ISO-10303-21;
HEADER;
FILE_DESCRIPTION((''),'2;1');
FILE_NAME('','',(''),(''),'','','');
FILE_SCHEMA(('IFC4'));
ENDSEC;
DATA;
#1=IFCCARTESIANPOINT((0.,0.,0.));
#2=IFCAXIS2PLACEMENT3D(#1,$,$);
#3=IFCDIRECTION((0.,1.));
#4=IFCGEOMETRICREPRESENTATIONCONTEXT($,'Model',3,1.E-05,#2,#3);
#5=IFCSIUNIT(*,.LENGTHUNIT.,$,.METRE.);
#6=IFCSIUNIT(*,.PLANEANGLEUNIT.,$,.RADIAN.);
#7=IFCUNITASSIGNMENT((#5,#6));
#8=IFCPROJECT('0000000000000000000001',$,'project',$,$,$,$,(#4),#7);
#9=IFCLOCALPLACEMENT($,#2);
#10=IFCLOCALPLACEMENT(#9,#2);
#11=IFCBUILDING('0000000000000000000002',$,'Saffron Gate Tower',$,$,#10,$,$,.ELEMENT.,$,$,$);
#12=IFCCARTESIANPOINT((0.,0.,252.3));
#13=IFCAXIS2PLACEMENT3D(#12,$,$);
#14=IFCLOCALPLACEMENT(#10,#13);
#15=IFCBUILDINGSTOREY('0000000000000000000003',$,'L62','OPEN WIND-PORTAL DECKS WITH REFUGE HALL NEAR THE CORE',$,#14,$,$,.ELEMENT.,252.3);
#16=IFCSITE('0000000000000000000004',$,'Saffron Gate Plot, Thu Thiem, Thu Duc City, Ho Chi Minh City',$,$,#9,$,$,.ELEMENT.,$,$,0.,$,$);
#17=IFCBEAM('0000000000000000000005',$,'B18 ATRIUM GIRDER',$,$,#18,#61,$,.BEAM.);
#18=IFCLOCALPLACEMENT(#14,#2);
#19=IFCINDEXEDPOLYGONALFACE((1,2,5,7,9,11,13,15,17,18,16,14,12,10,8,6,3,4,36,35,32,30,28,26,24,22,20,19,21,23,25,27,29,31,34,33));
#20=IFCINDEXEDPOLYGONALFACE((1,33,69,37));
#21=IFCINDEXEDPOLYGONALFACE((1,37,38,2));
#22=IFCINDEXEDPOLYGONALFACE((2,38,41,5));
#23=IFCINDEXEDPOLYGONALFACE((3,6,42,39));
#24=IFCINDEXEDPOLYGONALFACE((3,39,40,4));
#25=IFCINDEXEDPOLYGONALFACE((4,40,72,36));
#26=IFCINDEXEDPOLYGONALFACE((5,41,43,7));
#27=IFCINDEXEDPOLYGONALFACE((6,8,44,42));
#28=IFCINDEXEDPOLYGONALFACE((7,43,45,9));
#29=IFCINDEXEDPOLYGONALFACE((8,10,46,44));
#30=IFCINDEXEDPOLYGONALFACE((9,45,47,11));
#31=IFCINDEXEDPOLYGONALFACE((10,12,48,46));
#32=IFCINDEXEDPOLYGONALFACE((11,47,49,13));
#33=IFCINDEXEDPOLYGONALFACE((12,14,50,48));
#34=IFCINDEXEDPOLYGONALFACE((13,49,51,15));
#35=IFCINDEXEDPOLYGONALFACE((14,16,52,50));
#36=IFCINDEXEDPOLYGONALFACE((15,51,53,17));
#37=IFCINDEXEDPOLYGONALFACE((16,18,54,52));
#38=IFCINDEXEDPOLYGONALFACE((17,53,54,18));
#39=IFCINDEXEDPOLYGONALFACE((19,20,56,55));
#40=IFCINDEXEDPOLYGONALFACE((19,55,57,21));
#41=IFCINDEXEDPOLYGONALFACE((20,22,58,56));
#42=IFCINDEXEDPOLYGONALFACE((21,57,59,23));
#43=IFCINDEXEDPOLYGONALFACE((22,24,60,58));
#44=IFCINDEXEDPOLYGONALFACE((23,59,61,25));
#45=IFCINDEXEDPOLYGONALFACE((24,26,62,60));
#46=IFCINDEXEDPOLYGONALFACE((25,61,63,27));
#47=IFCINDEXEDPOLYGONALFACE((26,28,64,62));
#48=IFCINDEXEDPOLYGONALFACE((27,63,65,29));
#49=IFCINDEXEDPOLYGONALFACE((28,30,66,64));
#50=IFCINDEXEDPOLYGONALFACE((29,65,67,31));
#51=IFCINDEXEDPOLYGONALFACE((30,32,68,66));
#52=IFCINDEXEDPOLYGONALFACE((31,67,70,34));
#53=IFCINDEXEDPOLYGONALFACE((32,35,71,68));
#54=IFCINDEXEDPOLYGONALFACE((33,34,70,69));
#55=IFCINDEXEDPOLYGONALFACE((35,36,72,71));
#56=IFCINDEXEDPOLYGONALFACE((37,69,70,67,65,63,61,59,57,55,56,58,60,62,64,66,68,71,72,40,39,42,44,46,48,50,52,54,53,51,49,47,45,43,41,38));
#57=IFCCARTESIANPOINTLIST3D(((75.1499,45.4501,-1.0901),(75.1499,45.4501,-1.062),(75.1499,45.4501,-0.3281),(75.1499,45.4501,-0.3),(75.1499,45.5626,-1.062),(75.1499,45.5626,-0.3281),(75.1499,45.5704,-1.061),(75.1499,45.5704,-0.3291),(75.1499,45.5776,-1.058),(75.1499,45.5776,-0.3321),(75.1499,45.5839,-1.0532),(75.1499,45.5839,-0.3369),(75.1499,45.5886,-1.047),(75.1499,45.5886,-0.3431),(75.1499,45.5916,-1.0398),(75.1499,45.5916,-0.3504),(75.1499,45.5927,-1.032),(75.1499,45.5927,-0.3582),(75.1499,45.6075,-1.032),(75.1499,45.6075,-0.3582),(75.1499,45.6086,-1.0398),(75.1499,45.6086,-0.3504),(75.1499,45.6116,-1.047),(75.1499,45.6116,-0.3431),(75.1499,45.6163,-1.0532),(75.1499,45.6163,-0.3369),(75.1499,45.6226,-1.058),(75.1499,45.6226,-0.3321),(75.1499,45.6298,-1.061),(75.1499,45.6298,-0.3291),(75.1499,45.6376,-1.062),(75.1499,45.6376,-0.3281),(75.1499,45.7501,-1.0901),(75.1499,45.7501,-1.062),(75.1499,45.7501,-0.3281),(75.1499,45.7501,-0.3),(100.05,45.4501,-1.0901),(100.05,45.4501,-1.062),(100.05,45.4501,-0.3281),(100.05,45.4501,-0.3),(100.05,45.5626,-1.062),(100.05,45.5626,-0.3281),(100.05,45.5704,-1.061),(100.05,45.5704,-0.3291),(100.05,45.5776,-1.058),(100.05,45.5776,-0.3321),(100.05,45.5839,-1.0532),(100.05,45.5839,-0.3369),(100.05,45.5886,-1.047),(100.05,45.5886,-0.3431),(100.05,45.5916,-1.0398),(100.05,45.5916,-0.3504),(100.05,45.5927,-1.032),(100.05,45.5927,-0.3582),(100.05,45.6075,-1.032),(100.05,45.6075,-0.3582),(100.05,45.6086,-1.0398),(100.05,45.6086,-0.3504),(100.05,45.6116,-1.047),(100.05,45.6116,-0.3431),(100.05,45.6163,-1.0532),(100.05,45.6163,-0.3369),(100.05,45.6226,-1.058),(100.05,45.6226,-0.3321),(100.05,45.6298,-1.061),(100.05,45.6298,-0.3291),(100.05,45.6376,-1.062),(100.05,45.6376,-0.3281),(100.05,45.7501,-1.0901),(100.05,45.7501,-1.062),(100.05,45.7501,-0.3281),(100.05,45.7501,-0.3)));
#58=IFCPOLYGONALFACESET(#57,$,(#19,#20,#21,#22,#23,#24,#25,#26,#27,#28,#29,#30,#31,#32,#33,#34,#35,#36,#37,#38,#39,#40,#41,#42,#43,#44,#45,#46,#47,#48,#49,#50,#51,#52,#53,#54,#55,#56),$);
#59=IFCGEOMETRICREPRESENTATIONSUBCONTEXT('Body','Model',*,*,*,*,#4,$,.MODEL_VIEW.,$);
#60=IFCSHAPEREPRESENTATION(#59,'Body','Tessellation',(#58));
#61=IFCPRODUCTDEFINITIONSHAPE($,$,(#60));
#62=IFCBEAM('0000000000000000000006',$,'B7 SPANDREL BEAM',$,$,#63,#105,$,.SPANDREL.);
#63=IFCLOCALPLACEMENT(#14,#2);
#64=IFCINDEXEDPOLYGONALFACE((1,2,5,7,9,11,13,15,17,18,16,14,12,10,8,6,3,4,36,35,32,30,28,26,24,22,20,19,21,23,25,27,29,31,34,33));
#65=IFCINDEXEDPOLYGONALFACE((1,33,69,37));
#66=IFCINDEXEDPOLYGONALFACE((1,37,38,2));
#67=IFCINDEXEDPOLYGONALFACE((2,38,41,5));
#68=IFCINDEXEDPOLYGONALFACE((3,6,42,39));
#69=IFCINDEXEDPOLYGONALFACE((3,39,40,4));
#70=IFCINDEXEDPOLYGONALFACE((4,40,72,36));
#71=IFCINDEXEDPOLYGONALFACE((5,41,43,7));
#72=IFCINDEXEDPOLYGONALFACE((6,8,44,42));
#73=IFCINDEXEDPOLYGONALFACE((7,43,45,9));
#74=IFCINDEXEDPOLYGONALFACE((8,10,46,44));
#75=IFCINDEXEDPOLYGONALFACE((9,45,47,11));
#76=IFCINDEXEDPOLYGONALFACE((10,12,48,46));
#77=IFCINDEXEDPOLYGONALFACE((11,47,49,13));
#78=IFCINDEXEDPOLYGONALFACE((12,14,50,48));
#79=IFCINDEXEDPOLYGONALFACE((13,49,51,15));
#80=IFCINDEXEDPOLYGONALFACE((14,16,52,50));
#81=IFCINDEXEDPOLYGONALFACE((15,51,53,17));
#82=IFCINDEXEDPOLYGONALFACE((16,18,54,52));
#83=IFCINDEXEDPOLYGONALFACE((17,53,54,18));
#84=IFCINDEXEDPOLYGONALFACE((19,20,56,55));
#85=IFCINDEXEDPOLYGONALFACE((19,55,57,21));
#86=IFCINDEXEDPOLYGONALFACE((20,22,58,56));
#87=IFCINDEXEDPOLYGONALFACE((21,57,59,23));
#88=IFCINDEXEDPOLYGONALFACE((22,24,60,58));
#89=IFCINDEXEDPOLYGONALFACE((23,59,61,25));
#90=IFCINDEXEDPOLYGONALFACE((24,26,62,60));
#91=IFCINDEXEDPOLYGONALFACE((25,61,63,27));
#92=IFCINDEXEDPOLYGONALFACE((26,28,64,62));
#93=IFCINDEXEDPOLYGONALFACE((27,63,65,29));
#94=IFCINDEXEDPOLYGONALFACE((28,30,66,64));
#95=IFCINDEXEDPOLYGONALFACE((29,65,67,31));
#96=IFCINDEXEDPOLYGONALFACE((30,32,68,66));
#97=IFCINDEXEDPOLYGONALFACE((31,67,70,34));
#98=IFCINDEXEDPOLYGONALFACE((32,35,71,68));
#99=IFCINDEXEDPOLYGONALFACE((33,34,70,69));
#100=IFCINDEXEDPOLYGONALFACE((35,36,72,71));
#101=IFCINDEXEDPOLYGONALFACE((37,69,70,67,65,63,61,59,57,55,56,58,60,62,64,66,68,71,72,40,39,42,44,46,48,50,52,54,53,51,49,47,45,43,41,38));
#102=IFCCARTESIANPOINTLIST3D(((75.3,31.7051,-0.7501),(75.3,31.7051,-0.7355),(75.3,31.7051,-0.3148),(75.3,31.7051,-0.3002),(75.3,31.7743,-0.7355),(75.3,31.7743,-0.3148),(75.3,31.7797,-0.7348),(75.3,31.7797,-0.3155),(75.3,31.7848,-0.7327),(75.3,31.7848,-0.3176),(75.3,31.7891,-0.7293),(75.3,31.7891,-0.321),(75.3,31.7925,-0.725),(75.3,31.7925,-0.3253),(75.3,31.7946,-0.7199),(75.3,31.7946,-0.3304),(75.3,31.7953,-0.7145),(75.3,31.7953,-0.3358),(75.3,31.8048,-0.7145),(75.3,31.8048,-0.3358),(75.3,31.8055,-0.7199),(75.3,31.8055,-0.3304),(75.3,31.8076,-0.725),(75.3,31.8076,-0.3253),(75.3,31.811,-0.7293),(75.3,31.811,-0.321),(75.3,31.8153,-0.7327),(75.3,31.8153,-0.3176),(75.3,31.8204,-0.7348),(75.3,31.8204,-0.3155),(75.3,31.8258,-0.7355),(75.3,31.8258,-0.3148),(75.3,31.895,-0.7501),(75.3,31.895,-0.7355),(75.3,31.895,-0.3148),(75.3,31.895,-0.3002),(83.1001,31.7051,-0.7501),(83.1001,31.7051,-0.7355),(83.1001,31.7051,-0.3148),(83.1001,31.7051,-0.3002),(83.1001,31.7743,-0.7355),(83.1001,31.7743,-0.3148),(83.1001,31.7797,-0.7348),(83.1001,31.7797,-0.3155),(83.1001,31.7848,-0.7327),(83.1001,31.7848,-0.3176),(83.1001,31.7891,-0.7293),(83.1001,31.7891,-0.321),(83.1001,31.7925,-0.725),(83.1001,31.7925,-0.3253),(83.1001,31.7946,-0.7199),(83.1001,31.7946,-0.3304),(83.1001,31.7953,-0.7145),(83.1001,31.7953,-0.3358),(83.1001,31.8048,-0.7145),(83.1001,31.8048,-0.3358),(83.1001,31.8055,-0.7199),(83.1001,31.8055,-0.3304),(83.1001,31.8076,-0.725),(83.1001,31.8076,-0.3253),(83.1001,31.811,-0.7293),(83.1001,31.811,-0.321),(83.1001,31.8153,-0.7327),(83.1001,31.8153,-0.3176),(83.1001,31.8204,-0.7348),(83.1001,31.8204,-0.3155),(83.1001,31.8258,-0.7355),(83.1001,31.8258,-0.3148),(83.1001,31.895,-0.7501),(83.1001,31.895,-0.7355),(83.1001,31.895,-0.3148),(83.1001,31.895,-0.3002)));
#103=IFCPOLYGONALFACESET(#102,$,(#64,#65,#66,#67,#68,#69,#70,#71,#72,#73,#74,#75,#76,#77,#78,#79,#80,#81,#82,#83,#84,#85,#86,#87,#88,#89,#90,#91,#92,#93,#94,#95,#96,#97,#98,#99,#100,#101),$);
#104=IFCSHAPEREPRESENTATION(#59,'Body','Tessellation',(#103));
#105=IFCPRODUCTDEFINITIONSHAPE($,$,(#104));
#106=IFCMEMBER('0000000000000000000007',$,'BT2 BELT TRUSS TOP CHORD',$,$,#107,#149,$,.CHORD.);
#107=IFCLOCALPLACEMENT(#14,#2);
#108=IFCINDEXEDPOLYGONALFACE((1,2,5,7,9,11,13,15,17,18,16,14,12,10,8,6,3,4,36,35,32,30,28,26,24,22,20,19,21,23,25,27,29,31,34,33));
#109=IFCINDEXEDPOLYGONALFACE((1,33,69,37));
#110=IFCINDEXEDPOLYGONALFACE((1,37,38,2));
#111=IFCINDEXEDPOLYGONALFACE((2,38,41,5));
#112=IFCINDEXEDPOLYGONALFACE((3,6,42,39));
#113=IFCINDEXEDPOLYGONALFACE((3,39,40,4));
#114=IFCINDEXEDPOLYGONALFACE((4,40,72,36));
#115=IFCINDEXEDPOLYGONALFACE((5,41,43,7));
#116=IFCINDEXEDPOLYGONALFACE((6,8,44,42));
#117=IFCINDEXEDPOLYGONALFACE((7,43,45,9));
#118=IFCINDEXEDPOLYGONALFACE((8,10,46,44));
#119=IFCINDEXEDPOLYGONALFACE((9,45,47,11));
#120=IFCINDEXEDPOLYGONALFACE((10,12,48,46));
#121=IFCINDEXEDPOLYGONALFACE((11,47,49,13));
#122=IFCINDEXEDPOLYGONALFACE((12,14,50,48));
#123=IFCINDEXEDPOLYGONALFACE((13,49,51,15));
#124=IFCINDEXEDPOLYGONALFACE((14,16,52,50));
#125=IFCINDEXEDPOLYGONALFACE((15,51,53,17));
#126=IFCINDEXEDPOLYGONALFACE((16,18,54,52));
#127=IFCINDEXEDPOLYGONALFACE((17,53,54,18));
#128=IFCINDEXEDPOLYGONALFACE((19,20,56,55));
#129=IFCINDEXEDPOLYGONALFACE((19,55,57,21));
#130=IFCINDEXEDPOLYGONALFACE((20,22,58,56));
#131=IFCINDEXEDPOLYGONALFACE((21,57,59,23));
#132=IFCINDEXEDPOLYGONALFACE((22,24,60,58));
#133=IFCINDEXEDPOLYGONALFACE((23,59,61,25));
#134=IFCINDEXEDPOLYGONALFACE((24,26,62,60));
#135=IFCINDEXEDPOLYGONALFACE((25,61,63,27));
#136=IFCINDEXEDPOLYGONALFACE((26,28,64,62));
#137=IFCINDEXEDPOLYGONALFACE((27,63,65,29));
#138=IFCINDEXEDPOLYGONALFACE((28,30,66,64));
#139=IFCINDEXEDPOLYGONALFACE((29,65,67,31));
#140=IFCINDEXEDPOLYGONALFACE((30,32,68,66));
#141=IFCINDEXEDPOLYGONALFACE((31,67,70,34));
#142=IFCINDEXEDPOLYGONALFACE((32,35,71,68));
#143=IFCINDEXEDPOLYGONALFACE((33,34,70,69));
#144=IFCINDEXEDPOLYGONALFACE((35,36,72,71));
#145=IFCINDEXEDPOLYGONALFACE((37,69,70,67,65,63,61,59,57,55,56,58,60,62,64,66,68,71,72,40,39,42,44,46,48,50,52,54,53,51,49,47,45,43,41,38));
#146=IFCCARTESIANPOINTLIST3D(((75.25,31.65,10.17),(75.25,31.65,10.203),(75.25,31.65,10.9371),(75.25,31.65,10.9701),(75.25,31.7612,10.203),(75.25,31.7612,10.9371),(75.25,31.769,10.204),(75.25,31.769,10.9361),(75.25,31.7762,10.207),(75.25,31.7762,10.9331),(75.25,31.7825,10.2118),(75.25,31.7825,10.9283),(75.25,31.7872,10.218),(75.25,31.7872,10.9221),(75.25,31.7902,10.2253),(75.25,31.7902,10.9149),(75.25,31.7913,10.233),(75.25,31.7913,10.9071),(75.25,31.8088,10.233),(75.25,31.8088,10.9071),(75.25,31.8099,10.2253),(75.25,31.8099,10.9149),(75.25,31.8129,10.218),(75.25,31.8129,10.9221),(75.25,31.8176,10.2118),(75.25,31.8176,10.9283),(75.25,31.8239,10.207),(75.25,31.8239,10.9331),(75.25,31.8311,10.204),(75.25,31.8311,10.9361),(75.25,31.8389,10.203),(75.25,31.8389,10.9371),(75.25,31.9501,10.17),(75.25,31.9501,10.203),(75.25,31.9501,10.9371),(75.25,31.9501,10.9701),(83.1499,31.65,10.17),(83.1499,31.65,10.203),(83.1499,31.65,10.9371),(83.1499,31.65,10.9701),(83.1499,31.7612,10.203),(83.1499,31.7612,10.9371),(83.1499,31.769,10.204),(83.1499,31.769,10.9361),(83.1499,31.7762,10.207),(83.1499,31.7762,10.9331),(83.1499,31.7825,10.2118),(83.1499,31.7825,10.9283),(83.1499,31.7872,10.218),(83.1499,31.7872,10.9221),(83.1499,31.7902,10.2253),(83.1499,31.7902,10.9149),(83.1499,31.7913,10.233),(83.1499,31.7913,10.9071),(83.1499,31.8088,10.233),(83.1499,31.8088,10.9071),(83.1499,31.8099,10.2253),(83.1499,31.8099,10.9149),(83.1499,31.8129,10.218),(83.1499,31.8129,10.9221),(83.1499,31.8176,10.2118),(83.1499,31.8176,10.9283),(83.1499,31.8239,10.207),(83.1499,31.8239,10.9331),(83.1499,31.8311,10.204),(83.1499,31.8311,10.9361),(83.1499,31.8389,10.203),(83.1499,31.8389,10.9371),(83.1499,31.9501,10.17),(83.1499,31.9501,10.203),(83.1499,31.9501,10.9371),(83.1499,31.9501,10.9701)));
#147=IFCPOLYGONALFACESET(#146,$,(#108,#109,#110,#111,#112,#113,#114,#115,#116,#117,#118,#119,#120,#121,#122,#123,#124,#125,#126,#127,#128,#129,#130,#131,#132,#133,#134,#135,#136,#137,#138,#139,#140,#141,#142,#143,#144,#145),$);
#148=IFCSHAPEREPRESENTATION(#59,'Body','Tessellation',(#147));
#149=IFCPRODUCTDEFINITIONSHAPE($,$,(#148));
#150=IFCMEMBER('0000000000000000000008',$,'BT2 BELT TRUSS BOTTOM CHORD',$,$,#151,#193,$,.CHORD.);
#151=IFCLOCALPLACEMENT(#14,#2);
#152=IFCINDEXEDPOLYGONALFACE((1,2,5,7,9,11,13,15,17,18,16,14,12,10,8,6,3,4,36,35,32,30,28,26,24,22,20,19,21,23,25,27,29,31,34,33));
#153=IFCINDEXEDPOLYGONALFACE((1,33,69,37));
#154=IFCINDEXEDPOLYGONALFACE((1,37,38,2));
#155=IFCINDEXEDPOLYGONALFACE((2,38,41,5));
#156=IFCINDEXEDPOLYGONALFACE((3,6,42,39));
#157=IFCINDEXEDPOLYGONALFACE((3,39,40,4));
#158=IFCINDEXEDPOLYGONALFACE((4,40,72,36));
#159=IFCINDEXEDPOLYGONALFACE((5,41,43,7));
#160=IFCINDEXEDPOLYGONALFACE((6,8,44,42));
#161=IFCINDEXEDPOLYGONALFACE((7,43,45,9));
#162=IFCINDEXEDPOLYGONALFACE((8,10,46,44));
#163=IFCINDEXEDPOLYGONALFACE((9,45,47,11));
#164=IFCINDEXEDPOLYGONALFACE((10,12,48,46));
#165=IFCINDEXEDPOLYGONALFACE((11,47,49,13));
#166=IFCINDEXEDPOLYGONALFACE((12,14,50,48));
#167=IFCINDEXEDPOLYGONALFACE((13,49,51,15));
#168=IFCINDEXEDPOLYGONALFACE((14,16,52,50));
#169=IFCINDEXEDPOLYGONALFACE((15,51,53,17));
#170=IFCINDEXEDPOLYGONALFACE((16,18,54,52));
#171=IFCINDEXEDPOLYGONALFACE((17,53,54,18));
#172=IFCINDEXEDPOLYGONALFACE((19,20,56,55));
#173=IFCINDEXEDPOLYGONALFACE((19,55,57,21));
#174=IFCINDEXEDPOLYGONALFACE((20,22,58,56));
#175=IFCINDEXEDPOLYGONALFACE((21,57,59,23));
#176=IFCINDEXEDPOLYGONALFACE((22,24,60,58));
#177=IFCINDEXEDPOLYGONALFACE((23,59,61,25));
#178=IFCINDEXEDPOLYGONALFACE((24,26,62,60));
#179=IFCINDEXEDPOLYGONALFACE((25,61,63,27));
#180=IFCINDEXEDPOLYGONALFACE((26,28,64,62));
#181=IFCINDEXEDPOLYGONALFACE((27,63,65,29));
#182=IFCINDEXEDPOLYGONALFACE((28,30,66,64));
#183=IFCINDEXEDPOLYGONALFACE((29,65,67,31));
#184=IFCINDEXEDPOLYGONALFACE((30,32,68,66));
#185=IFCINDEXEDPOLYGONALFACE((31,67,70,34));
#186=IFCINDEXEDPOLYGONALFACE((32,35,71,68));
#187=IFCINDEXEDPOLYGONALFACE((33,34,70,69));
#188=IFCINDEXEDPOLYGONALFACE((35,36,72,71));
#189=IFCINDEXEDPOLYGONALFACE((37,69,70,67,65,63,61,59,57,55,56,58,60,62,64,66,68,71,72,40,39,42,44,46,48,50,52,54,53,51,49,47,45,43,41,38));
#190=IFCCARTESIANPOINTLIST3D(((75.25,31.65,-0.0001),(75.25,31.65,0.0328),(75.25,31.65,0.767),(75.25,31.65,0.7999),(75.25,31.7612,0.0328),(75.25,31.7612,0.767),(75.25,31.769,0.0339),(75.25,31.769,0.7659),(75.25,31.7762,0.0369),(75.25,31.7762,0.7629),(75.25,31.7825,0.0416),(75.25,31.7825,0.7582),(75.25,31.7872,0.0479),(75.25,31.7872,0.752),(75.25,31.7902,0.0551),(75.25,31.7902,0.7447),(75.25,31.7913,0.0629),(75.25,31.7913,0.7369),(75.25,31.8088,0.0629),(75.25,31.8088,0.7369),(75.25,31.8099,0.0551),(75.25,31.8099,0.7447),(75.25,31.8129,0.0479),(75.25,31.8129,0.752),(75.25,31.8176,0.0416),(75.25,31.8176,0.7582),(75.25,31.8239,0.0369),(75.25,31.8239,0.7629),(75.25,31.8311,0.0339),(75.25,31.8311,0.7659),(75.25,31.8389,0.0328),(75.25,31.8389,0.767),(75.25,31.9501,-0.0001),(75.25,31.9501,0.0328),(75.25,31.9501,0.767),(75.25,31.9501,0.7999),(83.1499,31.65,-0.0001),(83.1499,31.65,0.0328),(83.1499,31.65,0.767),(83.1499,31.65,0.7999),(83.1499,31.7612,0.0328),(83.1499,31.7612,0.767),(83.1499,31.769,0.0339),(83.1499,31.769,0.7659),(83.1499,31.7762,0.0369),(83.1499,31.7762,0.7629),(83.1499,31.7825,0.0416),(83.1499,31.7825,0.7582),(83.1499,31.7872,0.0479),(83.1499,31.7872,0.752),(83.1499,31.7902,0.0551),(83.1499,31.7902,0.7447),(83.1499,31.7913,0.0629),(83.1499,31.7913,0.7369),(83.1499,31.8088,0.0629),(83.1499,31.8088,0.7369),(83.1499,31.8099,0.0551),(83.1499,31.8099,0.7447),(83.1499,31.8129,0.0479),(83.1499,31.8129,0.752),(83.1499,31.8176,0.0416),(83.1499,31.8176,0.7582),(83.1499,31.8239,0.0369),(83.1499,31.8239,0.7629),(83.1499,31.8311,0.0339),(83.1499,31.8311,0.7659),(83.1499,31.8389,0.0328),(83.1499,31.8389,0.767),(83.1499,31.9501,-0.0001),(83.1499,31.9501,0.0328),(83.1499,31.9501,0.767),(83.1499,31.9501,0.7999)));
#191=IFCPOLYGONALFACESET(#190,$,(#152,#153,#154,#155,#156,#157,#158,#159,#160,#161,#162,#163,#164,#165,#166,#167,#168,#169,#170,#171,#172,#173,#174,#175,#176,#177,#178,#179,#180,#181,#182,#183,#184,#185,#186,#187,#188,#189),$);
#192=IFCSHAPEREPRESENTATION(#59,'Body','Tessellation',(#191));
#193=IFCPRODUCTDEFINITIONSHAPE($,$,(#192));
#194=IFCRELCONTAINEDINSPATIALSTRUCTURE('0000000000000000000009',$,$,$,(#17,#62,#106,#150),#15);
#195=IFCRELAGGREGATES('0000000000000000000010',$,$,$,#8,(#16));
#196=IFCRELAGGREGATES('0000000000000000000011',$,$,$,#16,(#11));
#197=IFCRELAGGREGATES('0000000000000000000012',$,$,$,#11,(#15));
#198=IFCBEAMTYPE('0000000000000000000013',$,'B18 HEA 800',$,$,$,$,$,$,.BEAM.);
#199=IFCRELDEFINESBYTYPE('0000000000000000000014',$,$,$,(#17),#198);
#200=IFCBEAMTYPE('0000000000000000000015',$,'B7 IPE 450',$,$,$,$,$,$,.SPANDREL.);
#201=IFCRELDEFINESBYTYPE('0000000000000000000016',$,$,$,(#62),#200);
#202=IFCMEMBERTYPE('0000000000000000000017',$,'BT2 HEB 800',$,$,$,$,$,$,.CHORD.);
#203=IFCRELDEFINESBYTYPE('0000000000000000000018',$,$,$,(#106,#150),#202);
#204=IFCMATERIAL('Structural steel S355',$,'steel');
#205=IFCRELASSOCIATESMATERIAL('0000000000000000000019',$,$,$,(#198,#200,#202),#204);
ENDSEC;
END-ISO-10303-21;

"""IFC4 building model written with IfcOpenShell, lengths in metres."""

from ifc_helpers import new_model, si_unit, direction, frame, origin, origin_2d, place, context, subcontext, project, spatial, i_section, extrude, material, material_profile, profile_set, type_object, element, save


model = new_model("IFC4")

# Units and contexts
model_context = context("Model", 3, precision=1e-05, world=origin(), true_north=direction((0.0, 1.0)))
body_context = subcontext(model_context, "Body", "Model", "MODEL_VIEW")
ifc_project = project(units=[si_unit("LENGTHUNIT", "METRE"), si_unit("PLANEANGLEUNIT", "RADIAN")], contexts=[model_context])

# Site, building, storey
site_placement = place(None, origin())
site = spatial("IfcSite", under=ifc_project, at=site_placement, Name="Saffron Gate Plot, Thu Thiem, Thu Duc City, Ho Chi Minh City", CompositionType="ELEMENT", RefElevation=0.0)
building_placement = place(site_placement, origin())
building = spatial("IfcBuilding", under=site, at=building_placement, Name="Saffron Gate Tower", CompositionType="ELEMENT")
storey_placement = place(building_placement, frame((0.0, 0.0, 252.3)))
storey = spatial("IfcBuildingStorey", under=building, at=storey_placement, Name="L62", Description="OPEN WIND-PORTAL DECKS WITH REFUGE HALL NEAR THE CORE", CompositionType="ELEMENT", Elevation=252.3)

# Beams
ifc_material_1 = material(Name="Structural steel S355", Category="steel")
ifc_material_profile_1 = material_profile(ifc_material_1, i_section(OverallWidth=0.3, OverallDepth=0.79, WebThickness=0.0149, FlangeThickness=0.0281, FilletRadius=0.03, at=origin_2d()))
ifc_profile_set_1 = profile_set([ifc_material_profile_1], Name="Structural steel S355")
beam_type_1 = type_object("IfcBeamType", Name="B18 HEA 800", PredefinedType="BEAM", material=ifc_profile_set_1)
beam_1_placement = place(storey_placement, frame((75.1499, 45.6001, -0.6951), z_axis=(1.0, 0.0, 0.0), x_axis=(0.0, 1.0, 0.0)))
element("IfcBeam", 1, at=beam_1_placement, inside=storey, type_object=beam_type_1, Name="B18 ATRIUM GIRDER", PredefinedType="BEAM", context=body_context, shape_type="SweptSolid", body=[
    extrude(i_section(OverallWidth=0.3, OverallDepth=0.79, WebThickness=0.0149, FlangeThickness=0.0281, FilletRadius=0.03, at=origin_2d()), origin(), (0.0, 0.0, 1.0), 24.9001),
])
ifc_material_profile_2 = material_profile(ifc_material_1, i_section(OverallWidth=0.1899, OverallDepth=0.45, WebThickness=0.0095, FlangeThickness=0.0146, FilletRadius=0.021, at=origin_2d()))
ifc_profile_set_2 = profile_set([ifc_material_profile_2], Name="Structural steel S355")
beam_type_2 = type_object("IfcBeamType", Name="B7 IPE 450", PredefinedType="SPANDREL", material=ifc_profile_set_2)
beam_2_placement = place(storey_placement, frame((75.3, 31.8, -0.5251), z_axis=(1.0, 0.0, 0.0), x_axis=(0.0, 1.0, 0.0)))
element("IfcBeam", 2, at=beam_2_placement, inside=storey, type_object=beam_type_2, Name="B7 SPANDREL BEAM", PredefinedType="SPANDREL", context=body_context, shape_type="SweptSolid", body=[
    extrude(i_section(OverallWidth=0.1899, OverallDepth=0.45, WebThickness=0.0095, FlangeThickness=0.0146, FilletRadius=0.021, at=origin_2d()), origin(), (0.0, 0.0, 1.0), 7.8),
])

# Members
ifc_material_profile_3 = material_profile(ifc_material_1, i_section(OverallWidth=0.3, OverallDepth=0.8, WebThickness=0.0176, FlangeThickness=0.033, FilletRadius=0.03, at=origin_2d()))
ifc_profile_set_3 = profile_set([ifc_material_profile_3], Name="Structural steel S355")
member_type_1 = type_object("IfcMemberType", Name="BT2 HEB 800", PredefinedType="CHORD", material=ifc_profile_set_3)
for number, where, z_axis, x_axis, name in (
    (3, (75.25, 31.8, 10.5701), (1.0, 0.0, 0.0), (0.0, 1.0, 0.0), "BT2 BELT TRUSS TOP CHORD"),
    (4, (75.25, 31.8, 0.3999), (1.0, 0.0, 0.0), (0.0, 1.0, 0.0), "BT2 BELT TRUSS BOTTOM CHORD"),
):
    element("IfcMember", number, at=place(storey_placement, frame(where, z_axis=z_axis, x_axis=x_axis)), inside=storey, type_object=member_type_1, Name=name, PredefinedType="CHORD", context=body_context, shape_type="SweptSolid", body=[
        extrude(i_section(OverallWidth=0.3, OverallDepth=0.8, WebThickness=0.0176, FlangeThickness=0.033, FilletRadius=0.03, at=origin_2d()), origin(), (0.0, 0.0, 1.0), 7.8999),
    ])

save(model, "model.ifc")
